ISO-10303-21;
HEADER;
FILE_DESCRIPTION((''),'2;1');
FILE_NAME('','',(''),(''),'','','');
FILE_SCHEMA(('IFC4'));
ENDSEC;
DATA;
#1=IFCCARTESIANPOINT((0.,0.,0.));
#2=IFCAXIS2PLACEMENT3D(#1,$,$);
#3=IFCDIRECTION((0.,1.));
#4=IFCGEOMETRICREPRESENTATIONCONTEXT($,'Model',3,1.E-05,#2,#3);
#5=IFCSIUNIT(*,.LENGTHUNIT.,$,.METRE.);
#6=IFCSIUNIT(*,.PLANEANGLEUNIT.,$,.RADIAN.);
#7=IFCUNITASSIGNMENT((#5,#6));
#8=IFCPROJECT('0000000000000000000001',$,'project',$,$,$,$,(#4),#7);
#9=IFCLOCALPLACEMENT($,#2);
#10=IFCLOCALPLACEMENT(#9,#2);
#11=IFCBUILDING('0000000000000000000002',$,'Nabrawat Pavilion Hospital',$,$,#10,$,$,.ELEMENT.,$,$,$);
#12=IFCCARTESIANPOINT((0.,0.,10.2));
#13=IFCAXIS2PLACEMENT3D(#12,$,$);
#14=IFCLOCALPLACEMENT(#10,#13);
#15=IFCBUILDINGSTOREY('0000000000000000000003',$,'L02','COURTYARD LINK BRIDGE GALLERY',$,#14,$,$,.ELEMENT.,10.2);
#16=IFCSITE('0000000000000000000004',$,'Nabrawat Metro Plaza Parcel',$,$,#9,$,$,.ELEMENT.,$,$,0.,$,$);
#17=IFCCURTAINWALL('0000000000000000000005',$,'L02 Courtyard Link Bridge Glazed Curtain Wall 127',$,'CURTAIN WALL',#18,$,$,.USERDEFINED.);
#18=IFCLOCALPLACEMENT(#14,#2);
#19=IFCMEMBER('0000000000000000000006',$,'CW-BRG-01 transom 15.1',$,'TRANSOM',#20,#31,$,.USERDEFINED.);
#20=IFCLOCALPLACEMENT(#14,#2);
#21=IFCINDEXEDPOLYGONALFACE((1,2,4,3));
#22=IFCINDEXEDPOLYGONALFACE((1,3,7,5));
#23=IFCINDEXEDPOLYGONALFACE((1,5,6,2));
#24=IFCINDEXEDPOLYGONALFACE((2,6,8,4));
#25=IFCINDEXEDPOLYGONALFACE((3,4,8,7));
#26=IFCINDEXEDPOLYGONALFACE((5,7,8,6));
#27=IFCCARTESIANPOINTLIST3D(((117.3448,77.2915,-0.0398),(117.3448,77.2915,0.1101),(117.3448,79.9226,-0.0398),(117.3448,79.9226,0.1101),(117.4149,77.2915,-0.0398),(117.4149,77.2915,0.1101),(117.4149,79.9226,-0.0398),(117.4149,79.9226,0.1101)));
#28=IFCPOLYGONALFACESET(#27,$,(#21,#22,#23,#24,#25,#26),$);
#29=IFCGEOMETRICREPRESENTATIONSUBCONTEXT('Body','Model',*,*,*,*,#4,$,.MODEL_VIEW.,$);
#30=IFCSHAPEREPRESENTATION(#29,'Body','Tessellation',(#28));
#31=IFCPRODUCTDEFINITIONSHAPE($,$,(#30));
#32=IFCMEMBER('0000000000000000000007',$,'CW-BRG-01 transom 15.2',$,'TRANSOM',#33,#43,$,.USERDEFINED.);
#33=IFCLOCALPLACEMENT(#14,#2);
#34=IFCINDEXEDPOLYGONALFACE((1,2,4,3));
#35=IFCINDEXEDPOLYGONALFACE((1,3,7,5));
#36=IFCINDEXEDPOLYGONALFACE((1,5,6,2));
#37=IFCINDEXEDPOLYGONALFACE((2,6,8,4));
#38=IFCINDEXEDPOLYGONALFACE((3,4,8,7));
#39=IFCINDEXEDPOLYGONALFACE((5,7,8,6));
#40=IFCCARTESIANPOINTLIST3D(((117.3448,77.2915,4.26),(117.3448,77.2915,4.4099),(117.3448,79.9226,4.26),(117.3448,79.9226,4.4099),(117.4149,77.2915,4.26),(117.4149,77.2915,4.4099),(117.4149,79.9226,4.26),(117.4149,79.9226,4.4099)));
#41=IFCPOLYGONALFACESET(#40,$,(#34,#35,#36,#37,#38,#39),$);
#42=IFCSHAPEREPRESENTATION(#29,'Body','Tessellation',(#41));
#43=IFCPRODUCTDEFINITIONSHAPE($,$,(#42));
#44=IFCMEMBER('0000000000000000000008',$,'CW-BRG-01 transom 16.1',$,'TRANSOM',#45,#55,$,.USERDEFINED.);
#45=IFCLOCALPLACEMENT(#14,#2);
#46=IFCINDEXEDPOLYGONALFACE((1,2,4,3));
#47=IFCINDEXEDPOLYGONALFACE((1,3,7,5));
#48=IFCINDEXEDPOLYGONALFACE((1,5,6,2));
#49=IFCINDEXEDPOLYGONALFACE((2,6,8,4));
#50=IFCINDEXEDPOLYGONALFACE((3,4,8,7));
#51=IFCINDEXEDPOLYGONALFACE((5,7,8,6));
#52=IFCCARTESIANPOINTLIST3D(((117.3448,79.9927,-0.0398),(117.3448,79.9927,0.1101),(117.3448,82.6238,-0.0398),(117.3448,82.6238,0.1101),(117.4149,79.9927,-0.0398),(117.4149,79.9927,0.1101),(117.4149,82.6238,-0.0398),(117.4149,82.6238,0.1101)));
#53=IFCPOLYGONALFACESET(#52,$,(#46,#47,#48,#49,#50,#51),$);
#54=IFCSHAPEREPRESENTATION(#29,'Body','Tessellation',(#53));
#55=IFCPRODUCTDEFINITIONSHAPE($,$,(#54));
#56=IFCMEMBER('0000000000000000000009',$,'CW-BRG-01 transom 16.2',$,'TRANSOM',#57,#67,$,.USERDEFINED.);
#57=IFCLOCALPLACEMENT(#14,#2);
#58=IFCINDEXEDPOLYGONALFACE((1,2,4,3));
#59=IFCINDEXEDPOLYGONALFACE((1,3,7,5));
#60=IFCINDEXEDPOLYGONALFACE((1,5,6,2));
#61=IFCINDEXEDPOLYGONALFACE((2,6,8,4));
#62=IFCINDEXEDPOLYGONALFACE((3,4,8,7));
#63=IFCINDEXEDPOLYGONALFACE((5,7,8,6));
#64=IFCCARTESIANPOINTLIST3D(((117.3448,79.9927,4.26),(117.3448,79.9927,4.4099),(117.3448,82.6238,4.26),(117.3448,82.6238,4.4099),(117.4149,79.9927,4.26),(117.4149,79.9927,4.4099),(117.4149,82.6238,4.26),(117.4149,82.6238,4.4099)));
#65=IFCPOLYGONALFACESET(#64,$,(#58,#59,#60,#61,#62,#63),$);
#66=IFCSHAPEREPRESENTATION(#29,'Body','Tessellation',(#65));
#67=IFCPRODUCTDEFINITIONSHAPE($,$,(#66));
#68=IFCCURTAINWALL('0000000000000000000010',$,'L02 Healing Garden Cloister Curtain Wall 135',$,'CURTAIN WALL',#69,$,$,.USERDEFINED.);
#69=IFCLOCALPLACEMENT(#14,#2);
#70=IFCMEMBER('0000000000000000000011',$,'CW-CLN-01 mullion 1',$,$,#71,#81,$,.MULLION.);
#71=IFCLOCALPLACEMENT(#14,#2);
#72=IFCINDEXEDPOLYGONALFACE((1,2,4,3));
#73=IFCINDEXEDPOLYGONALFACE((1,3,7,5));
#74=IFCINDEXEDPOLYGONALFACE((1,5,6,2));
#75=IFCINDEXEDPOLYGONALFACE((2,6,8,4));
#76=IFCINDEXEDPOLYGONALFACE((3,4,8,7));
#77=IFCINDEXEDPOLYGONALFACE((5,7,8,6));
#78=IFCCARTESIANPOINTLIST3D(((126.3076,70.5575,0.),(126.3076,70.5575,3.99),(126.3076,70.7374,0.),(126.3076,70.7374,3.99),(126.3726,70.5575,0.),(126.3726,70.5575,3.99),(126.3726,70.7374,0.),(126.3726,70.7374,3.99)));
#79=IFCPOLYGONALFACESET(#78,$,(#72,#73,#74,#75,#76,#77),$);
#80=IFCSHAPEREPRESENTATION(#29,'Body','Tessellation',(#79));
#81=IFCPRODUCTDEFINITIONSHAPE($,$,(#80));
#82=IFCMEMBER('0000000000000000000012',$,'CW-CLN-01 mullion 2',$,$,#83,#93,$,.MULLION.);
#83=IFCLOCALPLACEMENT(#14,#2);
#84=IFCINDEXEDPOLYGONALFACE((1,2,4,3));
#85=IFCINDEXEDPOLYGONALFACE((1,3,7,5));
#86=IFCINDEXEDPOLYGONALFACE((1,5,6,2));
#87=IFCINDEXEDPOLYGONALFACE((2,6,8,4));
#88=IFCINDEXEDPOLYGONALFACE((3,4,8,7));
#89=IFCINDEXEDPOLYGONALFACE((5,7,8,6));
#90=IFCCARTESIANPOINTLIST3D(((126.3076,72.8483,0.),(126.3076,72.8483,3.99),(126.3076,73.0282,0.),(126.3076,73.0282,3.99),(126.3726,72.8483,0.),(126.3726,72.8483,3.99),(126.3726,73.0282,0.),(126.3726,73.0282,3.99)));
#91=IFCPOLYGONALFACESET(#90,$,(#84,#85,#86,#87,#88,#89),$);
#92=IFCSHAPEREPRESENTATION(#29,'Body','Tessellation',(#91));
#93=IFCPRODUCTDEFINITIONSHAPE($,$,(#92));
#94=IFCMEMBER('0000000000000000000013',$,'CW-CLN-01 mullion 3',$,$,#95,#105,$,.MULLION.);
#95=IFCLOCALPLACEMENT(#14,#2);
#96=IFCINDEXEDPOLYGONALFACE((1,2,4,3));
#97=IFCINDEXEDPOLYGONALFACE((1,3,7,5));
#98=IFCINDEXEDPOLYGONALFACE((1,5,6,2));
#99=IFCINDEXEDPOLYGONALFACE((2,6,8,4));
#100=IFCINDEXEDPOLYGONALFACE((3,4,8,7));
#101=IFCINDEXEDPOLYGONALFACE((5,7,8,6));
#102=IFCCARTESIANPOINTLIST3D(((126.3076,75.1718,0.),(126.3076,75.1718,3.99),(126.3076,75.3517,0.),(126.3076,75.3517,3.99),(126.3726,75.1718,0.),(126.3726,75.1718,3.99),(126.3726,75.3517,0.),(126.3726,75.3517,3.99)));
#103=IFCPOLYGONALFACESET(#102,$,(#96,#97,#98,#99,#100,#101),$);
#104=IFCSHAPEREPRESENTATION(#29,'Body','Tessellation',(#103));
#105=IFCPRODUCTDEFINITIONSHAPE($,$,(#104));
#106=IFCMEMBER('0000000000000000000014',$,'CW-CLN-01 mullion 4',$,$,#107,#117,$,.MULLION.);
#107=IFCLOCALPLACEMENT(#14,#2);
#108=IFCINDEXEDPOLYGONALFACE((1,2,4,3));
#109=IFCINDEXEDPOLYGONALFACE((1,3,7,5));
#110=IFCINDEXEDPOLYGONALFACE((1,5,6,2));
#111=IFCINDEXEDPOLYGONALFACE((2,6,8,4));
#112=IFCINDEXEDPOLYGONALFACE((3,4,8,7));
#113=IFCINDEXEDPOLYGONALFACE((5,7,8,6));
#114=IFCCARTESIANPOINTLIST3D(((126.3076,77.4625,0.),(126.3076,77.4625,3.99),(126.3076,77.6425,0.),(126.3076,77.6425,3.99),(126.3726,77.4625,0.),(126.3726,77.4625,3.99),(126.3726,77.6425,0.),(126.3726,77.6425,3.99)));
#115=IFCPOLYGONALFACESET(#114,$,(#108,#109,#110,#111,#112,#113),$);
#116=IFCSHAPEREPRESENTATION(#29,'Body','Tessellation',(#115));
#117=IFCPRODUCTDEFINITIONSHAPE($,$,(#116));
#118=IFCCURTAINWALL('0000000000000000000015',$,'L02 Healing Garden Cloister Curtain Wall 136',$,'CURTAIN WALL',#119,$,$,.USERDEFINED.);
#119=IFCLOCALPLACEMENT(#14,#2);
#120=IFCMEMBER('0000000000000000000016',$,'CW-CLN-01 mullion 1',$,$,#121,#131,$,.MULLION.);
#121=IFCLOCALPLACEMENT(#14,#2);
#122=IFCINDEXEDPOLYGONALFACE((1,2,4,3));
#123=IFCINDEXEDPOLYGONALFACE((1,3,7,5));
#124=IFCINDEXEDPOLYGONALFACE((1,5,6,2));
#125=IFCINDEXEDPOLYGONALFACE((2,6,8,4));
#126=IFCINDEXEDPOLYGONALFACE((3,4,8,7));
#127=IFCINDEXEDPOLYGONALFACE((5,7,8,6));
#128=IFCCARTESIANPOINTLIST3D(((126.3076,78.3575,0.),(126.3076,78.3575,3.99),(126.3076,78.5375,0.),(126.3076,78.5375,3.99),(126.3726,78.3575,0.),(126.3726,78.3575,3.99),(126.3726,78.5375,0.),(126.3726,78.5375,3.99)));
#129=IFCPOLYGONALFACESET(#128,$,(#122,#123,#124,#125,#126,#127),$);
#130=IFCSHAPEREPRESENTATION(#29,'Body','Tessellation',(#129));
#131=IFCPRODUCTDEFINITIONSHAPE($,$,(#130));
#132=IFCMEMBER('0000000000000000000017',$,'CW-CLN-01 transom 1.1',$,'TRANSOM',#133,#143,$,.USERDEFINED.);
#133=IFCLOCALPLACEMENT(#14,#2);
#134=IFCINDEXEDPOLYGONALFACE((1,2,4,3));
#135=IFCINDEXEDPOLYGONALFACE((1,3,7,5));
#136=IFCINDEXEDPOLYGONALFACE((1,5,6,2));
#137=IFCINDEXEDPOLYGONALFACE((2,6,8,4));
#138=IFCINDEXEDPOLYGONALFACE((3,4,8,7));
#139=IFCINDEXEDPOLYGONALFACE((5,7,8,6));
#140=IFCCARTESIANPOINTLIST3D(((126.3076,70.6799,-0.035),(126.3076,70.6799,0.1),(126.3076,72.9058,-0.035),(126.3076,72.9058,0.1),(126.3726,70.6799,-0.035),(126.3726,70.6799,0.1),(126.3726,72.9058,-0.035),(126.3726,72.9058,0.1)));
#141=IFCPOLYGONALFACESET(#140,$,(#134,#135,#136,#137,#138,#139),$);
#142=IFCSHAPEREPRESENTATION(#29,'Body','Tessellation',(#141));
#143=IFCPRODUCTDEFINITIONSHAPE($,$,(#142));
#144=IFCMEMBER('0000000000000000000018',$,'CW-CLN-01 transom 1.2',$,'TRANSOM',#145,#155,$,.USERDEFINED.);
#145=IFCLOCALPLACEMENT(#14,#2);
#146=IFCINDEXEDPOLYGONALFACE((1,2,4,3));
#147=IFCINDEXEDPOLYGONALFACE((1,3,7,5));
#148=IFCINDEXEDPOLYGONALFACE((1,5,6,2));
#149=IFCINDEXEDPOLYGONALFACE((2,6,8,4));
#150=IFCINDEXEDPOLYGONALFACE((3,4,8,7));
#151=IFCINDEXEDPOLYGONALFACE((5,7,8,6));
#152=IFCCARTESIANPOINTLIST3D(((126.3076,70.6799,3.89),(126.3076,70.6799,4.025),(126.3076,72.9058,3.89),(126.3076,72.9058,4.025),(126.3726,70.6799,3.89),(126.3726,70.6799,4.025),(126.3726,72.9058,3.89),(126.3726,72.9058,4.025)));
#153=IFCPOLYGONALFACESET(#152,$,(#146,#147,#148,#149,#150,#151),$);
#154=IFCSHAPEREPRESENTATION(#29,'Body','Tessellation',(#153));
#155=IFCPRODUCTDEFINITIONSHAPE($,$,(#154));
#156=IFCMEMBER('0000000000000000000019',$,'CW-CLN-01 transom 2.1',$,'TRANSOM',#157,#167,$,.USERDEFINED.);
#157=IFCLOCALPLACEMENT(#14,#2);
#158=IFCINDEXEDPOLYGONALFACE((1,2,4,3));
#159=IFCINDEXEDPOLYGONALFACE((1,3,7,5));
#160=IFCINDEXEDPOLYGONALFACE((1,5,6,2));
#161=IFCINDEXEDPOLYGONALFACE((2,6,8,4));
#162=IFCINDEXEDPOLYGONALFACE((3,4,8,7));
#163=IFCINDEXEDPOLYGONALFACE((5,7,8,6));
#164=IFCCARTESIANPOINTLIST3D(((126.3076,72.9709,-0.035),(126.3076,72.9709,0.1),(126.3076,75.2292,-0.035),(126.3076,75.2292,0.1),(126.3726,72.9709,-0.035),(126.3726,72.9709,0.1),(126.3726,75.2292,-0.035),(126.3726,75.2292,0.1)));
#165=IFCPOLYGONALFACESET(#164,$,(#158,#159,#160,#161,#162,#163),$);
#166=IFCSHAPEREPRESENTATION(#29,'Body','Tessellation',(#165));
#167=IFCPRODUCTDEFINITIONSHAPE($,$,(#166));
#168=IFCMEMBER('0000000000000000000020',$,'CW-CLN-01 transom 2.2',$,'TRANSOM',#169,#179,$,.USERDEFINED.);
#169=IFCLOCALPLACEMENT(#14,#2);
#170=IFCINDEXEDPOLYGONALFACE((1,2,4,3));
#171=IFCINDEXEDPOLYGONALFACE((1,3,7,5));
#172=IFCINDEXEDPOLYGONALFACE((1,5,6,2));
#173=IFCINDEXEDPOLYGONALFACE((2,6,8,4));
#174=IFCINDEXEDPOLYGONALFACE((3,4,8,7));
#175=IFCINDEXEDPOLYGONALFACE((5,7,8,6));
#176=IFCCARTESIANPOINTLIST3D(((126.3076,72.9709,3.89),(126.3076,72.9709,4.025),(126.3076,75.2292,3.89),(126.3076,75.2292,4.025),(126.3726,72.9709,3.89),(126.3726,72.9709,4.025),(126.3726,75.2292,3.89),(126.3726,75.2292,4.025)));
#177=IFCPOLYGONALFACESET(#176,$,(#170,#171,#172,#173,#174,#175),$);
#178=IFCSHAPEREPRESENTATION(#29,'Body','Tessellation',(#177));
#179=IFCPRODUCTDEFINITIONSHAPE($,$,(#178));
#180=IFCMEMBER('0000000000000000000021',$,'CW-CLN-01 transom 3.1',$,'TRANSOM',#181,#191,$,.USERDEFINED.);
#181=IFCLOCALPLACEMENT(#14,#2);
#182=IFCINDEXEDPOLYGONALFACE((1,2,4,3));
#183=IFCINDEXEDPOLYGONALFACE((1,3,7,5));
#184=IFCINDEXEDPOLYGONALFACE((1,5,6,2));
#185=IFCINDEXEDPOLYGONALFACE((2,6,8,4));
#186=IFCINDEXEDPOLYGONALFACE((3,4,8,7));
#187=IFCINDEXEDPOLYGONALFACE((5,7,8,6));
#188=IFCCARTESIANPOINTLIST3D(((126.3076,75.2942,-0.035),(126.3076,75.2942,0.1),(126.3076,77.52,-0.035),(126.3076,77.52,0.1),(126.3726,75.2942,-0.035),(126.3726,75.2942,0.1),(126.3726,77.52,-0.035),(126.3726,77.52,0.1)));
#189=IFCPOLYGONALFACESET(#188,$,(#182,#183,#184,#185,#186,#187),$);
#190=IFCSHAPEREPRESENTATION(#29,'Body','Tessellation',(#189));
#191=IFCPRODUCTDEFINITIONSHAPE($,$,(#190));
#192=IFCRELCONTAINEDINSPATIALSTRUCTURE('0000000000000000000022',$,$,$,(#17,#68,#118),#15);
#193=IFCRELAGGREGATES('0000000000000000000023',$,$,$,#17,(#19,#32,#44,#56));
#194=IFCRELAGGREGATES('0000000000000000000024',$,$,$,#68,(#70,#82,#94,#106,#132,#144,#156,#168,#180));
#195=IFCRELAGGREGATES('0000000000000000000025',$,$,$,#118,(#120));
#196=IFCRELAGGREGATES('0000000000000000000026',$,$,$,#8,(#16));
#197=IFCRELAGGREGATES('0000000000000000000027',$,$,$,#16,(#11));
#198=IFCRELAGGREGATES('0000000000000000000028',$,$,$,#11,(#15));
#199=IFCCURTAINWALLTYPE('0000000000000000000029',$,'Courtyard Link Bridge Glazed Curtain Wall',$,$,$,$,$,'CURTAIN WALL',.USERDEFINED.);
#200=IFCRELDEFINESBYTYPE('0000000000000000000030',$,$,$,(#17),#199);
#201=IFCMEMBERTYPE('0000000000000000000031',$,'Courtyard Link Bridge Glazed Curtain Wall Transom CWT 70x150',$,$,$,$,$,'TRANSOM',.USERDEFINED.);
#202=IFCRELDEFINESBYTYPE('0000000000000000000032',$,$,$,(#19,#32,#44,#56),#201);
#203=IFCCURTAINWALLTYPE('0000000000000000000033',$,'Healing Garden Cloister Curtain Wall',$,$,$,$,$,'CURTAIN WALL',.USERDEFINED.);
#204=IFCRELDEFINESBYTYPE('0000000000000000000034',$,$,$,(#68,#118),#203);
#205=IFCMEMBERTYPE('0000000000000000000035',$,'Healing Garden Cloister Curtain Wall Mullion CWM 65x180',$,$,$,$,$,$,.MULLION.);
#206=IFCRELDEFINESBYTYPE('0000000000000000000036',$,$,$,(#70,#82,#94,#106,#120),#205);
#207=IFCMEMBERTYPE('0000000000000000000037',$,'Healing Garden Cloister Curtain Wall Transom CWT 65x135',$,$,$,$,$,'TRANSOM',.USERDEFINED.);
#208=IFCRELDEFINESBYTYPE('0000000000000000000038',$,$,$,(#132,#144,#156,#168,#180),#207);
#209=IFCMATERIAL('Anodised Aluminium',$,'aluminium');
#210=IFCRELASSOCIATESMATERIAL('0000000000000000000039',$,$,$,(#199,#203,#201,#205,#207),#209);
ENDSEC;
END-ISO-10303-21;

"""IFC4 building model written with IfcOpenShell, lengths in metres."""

from ifc_helpers import new_model, si_unit, direction, frame, origin, origin_2d, place, context, subcontext, project, spatial, rectangle, extrude, material, material_profile, profile_set, type_object, element, aggregate, save


model = new_model("IFC4")

# Units and contexts
model_context = context("Model", 3, precision=1e-05, world=origin(), true_north=direction((0.0, 1.0)))
body_context = subcontext(model_context, "Body", "Model", "MODEL_VIEW")
ifc_project = project(units=[si_unit("LENGTHUNIT", "METRE"), si_unit("PLANEANGLEUNIT", "RADIAN")], contexts=[model_context])

# Site, building, storey
site_placement = place(None, origin())
site = spatial("IfcSite", under=ifc_project, at=site_placement, Name="Nabrawat Metro Plaza Parcel", CompositionType="ELEMENT", RefElevation=0.0)
building_placement = place(site_placement, origin())
building = spatial("IfcBuilding", under=site, at=building_placement, Name="Nabrawat Pavilion Hospital", CompositionType="ELEMENT")
storey_placement = place(building_placement, frame((0.0, 0.0, 10.2)))
storey = spatial("IfcBuildingStorey", under=building, at=storey_placement, Name="L02", Description="COURTYARD LINK BRIDGE GALLERY", CompositionType="ELEMENT", Elevation=10.2)

# Curtain walls, members
ifc_material_1 = material(Name="Anodised Aluminium", Category="aluminium")
curtain_wall_type_1 = type_object("IfcCurtainWallType", Name="Courtyard Link Bridge Glazed Curtain Wall", ElementType="CURTAIN WALL", PredefinedType="USERDEFINED", material=ifc_material_1)
curtain_wall_1_placement = place(storey_placement, origin())
curtain_wall_1 = element("IfcCurtainWall", 1, at=curtain_wall_1_placement, inside=storey, type_object=curtain_wall_type_1, Name="L02 Courtyard Link Bridge Glazed Curtain Wall 127", ObjectType="CURTAIN WALL", PredefinedType="USERDEFINED")
ifc_material_profile_1 = material_profile(ifc_material_1, rectangle(XDim=0.0701, YDim=0.1499, at=origin_2d()), Name="CWT 70x150")
ifc_profile_set_1 = profile_set([ifc_material_profile_1], Name="Anodised Aluminium")
member_type_1 = type_object("IfcMemberType", Name="Courtyard Link Bridge Glazed Curtain Wall Transom CWT 70x150", ElementType="TRANSOM", PredefinedType="USERDEFINED", material=ifc_profile_set_1)
member_1_placement = place(storey_placement, frame((117.3799, 77.2915, 0.0352), z_axis=(0.0, 1.0, 0.0), x_axis=(-1.0, 0.0, 0.0)))
member_1 = element("IfcMember", 2, at=member_1_placement, type_object=member_type_1, Name="CW-BRG-01 transom 15.1", ObjectType="TRANSOM", PredefinedType="USERDEFINED", context=body_context, shape_type="SweptSolid", body=[
    extrude(rectangle(XDim=0.0701, YDim=0.1499, at=origin_2d()), origin(), (0.0, 0.0, 1.0), 2.6311),
])
member_2_placement = place(storey_placement, frame((117.3799, 77.2915, 4.335), z_axis=(0.0, 1.0, 0.0), x_axis=(-1.0, 0.0, 0.0)))
member_2 = element("IfcMember", 3, at=member_2_placement, type_object=member_type_1, Name="CW-BRG-01 transom 15.2", ObjectType="TRANSOM", PredefinedType="USERDEFINED", context=body_context, shape_type="SweptSolid", body=[
    extrude(rectangle(XDim=0.0701, YDim=0.1499, at=origin_2d()), origin(), (0.0, 0.0, 1.0), 2.6311),
])
member_3_placement = place(storey_placement, frame((117.3799, 79.9927, 0.0352), z_axis=(0.0, 1.0, 0.0), x_axis=(-1.0, 0.0, 0.0)))
member_3 = element("IfcMember", 4, at=member_3_placement, type_object=member_type_1, Name="CW-BRG-01 transom 16.1", ObjectType="TRANSOM", PredefinedType="USERDEFINED", context=body_context, shape_type="SweptSolid", body=[
    extrude(rectangle(XDim=0.0701, YDim=0.1499, at=origin_2d()), origin(), (0.0, 0.0, 1.0), 2.6311),
])
member_4_placement = place(storey_placement, frame((117.3799, 79.9927, 4.335), z_axis=(0.0, 1.0, 0.0), x_axis=(-1.0, 0.0, 0.0)))
member_4 = element("IfcMember", 5, at=member_4_placement, type_object=member_type_1, Name="CW-BRG-01 transom 16.2", ObjectType="TRANSOM", PredefinedType="USERDEFINED", context=body_context, shape_type="SweptSolid", body=[
    extrude(rectangle(XDim=0.0701, YDim=0.1499, at=origin_2d()), origin(), (0.0, 0.0, 1.0), 2.6311),
])
curtain_wall_type_2 = type_object("IfcCurtainWallType", Name="Healing Garden Cloister Curtain Wall", ElementType="CURTAIN WALL", PredefinedType="USERDEFINED", material=ifc_material_1)
curtain_wall_2_placement = place(storey_placement, origin())
curtain_wall_2 = element("IfcCurtainWall", 6, at=curtain_wall_2_placement, inside=storey, type_object=curtain_wall_type_2, Name="L02 Healing Garden Cloister Curtain Wall 135", ObjectType="CURTAIN WALL", PredefinedType="USERDEFINED")
ifc_material_profile_2 = material_profile(ifc_material_1, rectangle(XDim=0.0649, YDim=0.1799, at=origin_2d()), Name="CWM 65x180")
ifc_profile_set_2 = profile_set([ifc_material_profile_2], Name="Anodised Aluminium")
member_type_2 = type_object("IfcMemberType", Name="Healing Garden Cloister Curtain Wall Mullion CWM 65x180", PredefinedType="MULLION", material=ifc_profile_set_2)
member_5_placement = place(storey_placement, frame((126.3401, 70.6475, 0.0), z_axis=(0.0, 0.0, 1.0), x_axis=(-1.0, 0.0, 0.0)))
member_5 = element("IfcMember", 7, at=member_5_placement, type_object=member_type_2, Name="CW-CLN-01 mullion 1", PredefinedType="MULLION", context=body_context, shape_type="SweptSolid", body=[
    extrude(rectangle(XDim=0.0649, YDim=0.1799, at=origin_2d()), origin(), (0.0, 0.0, 1.0), 3.99),
])
member_6_placement = place(storey_placement, frame((126.3401, 72.9382, 0.0), z_axis=(0.0, 0.0, 1.0), x_axis=(-1.0, 0.0, 0.0)))
member_6 = element("IfcMember", 8, at=member_6_placement, type_object=member_type_2, Name="CW-CLN-01 mullion 2", PredefinedType="MULLION", context=body_context, shape_type="SweptSolid", body=[
    extrude(rectangle(XDim=0.0649, YDim=0.1799, at=origin_2d()), origin(), (0.0, 0.0, 1.0), 3.99),
])
member_7_placement = place(storey_placement, frame((126.3401, 75.2617, 0.0), z_axis=(0.0, 0.0, 1.0), x_axis=(-1.0, 0.0, 0.0)))
member_7 = element("IfcMember", 9, at=member_7_placement, type_object=member_type_2, Name="CW-CLN-01 mullion 3", PredefinedType="MULLION", context=body_context, shape_type="SweptSolid", body=[
    extrude(rectangle(XDim=0.0649, YDim=0.1799, at=origin_2d()), origin(), (0.0, 0.0, 1.0), 3.99),
])
member_8_placement = place(storey_placement, frame((126.3401, 77.5525, 0.0), z_axis=(0.0, 0.0, 1.0), x_axis=(-1.0, 0.0, 0.0)))
member_8 = element("IfcMember", 10, at=member_8_placement, type_object=member_type_2, Name="CW-CLN-01 mullion 4", PredefinedType="MULLION", context=body_context, shape_type="SweptSolid", body=[
    extrude(rectangle(XDim=0.0649, YDim=0.1799, at=origin_2d()), origin(), (0.0, 0.0, 1.0), 3.99),
])

# Curtain wall, member
curtain_wall_3_placement = place(storey_placement, origin())
curtain_wall_3 = element("IfcCurtainWall", 11, at=curtain_wall_3_placement, inside=storey, type_object=curtain_wall_type_2, Name="L02 Healing Garden Cloister Curtain Wall 136", ObjectType="CURTAIN WALL", PredefinedType="USERDEFINED")
member_9_placement = place(storey_placement, frame((126.3401, 78.4475, 0.0), z_axis=(0.0, 0.0, 1.0), x_axis=(-1.0, 0.0, 0.0)))
member_9 = element("IfcMember", 12, at=member_9_placement, type_object=member_type_2, Name="CW-CLN-01 mullion 1", PredefinedType="MULLION", context=body_context, shape_type="SweptSolid", body=[
    extrude(rectangle(XDim=0.0649, YDim=0.1799, at=origin_2d()), origin(), (0.0, 0.0, 1.0), 3.99),
])

# Members
ifc_material_profile_3 = material_profile(ifc_material_1, rectangle(XDim=0.0649, YDim=0.135, at=origin_2d()), Name="CWT 65x135")
ifc_profile_set_3 = profile_set([ifc_material_profile_3], Name="Anodised Aluminium")
member_type_3 = type_object("IfcMemberType", Name="Healing Garden Cloister Curtain Wall Transom CWT 65x135", ElementType="TRANSOM", PredefinedType="USERDEFINED", material=ifc_profile_set_3)
member_10_placement = place(storey_placement, frame((126.3401, 70.6799, 0.0325), z_axis=(0.0, 1.0, 0.0), x_axis=(-1.0, 0.0, 0.0)))
member_10 = element("IfcMember", 13, at=member_10_placement, type_object=member_type_3, Name="CW-CLN-01 transom 1.1", ObjectType="TRANSOM", PredefinedType="USERDEFINED", context=body_context, shape_type="SweptSolid", body=[
    extrude(rectangle(XDim=0.0649, YDim=0.135, at=origin_2d()), origin(), (0.0, 0.0, 1.0), 2.2258),
])
member_11_placement = place(storey_placement, frame((126.3401, 70.6799, 3.9575), z_axis=(0.0, 1.0, 0.0), x_axis=(-1.0, 0.0, 0.0)))
member_11 = element("IfcMember", 14, at=member_11_placement, type_object=member_type_3, Name="CW-CLN-01 transom 1.2", ObjectType="TRANSOM", PredefinedType="USERDEFINED", context=body_context, shape_type="SweptSolid", body=[
    extrude(rectangle(XDim=0.0649, YDim=0.135, at=origin_2d()), origin(), (0.0, 0.0, 1.0), 2.2258),
])
member_12_placement = place(storey_placement, frame((126.3401, 72.9709, 0.0325), z_axis=(0.0, 1.0, 0.0), x_axis=(-1.0, 0.0, 0.0)))
member_12 = element("IfcMember", 15, at=member_12_placement, type_object=member_type_3, Name="CW-CLN-01 transom 2.1", ObjectType="TRANSOM", PredefinedType="USERDEFINED", context=body_context, shape_type="SweptSolid", body=[
    extrude(rectangle(XDim=0.0649, YDim=0.135, at=origin_2d()), origin(), (0.0, 0.0, 1.0), 2.2583),
])
member_13_placement = place(storey_placement, frame((126.3401, 72.9709, 3.9575), z_axis=(0.0, 1.0, 0.0), x_axis=(-1.0, 0.0, 0.0)))
member_13 = element("IfcMember", 16, at=member_13_placement, type_object=member_type_3, Name="CW-CLN-01 transom 2.2", ObjectType="TRANSOM", PredefinedType="USERDEFINED", context=body_context, shape_type="SweptSolid", body=[
    extrude(rectangle(XDim=0.0649, YDim=0.135, at=origin_2d()), origin(), (0.0, 0.0, 1.0), 2.2583),
])
member_14_placement = place(storey_placement, frame((126.3401, 75.2942, 0.0325), z_axis=(0.0, 1.0, 0.0), x_axis=(-1.0, 0.0, 0.0)))
member_14 = element("IfcMember", 17, at=member_14_placement, type_object=member_type_3, Name="CW-CLN-01 transom 3.1", ObjectType="TRANSOM", PredefinedType="USERDEFINED", context=body_context, shape_type="SweptSolid", body=[
    extrude(rectangle(XDim=0.0649, YDim=0.135, at=origin_2d()), origin(), (0.0, 0.0, 1.0), 2.2258),
])

aggregate(curtain_wall_1, [member_1, member_2, member_3, member_4])
aggregate(curtain_wall_2, [member_5, member_6, member_7, member_8, member_10, member_11, member_12, member_13, member_14])
aggregate(curtain_wall_3, [member_9])

save(model, "model.ifc")
